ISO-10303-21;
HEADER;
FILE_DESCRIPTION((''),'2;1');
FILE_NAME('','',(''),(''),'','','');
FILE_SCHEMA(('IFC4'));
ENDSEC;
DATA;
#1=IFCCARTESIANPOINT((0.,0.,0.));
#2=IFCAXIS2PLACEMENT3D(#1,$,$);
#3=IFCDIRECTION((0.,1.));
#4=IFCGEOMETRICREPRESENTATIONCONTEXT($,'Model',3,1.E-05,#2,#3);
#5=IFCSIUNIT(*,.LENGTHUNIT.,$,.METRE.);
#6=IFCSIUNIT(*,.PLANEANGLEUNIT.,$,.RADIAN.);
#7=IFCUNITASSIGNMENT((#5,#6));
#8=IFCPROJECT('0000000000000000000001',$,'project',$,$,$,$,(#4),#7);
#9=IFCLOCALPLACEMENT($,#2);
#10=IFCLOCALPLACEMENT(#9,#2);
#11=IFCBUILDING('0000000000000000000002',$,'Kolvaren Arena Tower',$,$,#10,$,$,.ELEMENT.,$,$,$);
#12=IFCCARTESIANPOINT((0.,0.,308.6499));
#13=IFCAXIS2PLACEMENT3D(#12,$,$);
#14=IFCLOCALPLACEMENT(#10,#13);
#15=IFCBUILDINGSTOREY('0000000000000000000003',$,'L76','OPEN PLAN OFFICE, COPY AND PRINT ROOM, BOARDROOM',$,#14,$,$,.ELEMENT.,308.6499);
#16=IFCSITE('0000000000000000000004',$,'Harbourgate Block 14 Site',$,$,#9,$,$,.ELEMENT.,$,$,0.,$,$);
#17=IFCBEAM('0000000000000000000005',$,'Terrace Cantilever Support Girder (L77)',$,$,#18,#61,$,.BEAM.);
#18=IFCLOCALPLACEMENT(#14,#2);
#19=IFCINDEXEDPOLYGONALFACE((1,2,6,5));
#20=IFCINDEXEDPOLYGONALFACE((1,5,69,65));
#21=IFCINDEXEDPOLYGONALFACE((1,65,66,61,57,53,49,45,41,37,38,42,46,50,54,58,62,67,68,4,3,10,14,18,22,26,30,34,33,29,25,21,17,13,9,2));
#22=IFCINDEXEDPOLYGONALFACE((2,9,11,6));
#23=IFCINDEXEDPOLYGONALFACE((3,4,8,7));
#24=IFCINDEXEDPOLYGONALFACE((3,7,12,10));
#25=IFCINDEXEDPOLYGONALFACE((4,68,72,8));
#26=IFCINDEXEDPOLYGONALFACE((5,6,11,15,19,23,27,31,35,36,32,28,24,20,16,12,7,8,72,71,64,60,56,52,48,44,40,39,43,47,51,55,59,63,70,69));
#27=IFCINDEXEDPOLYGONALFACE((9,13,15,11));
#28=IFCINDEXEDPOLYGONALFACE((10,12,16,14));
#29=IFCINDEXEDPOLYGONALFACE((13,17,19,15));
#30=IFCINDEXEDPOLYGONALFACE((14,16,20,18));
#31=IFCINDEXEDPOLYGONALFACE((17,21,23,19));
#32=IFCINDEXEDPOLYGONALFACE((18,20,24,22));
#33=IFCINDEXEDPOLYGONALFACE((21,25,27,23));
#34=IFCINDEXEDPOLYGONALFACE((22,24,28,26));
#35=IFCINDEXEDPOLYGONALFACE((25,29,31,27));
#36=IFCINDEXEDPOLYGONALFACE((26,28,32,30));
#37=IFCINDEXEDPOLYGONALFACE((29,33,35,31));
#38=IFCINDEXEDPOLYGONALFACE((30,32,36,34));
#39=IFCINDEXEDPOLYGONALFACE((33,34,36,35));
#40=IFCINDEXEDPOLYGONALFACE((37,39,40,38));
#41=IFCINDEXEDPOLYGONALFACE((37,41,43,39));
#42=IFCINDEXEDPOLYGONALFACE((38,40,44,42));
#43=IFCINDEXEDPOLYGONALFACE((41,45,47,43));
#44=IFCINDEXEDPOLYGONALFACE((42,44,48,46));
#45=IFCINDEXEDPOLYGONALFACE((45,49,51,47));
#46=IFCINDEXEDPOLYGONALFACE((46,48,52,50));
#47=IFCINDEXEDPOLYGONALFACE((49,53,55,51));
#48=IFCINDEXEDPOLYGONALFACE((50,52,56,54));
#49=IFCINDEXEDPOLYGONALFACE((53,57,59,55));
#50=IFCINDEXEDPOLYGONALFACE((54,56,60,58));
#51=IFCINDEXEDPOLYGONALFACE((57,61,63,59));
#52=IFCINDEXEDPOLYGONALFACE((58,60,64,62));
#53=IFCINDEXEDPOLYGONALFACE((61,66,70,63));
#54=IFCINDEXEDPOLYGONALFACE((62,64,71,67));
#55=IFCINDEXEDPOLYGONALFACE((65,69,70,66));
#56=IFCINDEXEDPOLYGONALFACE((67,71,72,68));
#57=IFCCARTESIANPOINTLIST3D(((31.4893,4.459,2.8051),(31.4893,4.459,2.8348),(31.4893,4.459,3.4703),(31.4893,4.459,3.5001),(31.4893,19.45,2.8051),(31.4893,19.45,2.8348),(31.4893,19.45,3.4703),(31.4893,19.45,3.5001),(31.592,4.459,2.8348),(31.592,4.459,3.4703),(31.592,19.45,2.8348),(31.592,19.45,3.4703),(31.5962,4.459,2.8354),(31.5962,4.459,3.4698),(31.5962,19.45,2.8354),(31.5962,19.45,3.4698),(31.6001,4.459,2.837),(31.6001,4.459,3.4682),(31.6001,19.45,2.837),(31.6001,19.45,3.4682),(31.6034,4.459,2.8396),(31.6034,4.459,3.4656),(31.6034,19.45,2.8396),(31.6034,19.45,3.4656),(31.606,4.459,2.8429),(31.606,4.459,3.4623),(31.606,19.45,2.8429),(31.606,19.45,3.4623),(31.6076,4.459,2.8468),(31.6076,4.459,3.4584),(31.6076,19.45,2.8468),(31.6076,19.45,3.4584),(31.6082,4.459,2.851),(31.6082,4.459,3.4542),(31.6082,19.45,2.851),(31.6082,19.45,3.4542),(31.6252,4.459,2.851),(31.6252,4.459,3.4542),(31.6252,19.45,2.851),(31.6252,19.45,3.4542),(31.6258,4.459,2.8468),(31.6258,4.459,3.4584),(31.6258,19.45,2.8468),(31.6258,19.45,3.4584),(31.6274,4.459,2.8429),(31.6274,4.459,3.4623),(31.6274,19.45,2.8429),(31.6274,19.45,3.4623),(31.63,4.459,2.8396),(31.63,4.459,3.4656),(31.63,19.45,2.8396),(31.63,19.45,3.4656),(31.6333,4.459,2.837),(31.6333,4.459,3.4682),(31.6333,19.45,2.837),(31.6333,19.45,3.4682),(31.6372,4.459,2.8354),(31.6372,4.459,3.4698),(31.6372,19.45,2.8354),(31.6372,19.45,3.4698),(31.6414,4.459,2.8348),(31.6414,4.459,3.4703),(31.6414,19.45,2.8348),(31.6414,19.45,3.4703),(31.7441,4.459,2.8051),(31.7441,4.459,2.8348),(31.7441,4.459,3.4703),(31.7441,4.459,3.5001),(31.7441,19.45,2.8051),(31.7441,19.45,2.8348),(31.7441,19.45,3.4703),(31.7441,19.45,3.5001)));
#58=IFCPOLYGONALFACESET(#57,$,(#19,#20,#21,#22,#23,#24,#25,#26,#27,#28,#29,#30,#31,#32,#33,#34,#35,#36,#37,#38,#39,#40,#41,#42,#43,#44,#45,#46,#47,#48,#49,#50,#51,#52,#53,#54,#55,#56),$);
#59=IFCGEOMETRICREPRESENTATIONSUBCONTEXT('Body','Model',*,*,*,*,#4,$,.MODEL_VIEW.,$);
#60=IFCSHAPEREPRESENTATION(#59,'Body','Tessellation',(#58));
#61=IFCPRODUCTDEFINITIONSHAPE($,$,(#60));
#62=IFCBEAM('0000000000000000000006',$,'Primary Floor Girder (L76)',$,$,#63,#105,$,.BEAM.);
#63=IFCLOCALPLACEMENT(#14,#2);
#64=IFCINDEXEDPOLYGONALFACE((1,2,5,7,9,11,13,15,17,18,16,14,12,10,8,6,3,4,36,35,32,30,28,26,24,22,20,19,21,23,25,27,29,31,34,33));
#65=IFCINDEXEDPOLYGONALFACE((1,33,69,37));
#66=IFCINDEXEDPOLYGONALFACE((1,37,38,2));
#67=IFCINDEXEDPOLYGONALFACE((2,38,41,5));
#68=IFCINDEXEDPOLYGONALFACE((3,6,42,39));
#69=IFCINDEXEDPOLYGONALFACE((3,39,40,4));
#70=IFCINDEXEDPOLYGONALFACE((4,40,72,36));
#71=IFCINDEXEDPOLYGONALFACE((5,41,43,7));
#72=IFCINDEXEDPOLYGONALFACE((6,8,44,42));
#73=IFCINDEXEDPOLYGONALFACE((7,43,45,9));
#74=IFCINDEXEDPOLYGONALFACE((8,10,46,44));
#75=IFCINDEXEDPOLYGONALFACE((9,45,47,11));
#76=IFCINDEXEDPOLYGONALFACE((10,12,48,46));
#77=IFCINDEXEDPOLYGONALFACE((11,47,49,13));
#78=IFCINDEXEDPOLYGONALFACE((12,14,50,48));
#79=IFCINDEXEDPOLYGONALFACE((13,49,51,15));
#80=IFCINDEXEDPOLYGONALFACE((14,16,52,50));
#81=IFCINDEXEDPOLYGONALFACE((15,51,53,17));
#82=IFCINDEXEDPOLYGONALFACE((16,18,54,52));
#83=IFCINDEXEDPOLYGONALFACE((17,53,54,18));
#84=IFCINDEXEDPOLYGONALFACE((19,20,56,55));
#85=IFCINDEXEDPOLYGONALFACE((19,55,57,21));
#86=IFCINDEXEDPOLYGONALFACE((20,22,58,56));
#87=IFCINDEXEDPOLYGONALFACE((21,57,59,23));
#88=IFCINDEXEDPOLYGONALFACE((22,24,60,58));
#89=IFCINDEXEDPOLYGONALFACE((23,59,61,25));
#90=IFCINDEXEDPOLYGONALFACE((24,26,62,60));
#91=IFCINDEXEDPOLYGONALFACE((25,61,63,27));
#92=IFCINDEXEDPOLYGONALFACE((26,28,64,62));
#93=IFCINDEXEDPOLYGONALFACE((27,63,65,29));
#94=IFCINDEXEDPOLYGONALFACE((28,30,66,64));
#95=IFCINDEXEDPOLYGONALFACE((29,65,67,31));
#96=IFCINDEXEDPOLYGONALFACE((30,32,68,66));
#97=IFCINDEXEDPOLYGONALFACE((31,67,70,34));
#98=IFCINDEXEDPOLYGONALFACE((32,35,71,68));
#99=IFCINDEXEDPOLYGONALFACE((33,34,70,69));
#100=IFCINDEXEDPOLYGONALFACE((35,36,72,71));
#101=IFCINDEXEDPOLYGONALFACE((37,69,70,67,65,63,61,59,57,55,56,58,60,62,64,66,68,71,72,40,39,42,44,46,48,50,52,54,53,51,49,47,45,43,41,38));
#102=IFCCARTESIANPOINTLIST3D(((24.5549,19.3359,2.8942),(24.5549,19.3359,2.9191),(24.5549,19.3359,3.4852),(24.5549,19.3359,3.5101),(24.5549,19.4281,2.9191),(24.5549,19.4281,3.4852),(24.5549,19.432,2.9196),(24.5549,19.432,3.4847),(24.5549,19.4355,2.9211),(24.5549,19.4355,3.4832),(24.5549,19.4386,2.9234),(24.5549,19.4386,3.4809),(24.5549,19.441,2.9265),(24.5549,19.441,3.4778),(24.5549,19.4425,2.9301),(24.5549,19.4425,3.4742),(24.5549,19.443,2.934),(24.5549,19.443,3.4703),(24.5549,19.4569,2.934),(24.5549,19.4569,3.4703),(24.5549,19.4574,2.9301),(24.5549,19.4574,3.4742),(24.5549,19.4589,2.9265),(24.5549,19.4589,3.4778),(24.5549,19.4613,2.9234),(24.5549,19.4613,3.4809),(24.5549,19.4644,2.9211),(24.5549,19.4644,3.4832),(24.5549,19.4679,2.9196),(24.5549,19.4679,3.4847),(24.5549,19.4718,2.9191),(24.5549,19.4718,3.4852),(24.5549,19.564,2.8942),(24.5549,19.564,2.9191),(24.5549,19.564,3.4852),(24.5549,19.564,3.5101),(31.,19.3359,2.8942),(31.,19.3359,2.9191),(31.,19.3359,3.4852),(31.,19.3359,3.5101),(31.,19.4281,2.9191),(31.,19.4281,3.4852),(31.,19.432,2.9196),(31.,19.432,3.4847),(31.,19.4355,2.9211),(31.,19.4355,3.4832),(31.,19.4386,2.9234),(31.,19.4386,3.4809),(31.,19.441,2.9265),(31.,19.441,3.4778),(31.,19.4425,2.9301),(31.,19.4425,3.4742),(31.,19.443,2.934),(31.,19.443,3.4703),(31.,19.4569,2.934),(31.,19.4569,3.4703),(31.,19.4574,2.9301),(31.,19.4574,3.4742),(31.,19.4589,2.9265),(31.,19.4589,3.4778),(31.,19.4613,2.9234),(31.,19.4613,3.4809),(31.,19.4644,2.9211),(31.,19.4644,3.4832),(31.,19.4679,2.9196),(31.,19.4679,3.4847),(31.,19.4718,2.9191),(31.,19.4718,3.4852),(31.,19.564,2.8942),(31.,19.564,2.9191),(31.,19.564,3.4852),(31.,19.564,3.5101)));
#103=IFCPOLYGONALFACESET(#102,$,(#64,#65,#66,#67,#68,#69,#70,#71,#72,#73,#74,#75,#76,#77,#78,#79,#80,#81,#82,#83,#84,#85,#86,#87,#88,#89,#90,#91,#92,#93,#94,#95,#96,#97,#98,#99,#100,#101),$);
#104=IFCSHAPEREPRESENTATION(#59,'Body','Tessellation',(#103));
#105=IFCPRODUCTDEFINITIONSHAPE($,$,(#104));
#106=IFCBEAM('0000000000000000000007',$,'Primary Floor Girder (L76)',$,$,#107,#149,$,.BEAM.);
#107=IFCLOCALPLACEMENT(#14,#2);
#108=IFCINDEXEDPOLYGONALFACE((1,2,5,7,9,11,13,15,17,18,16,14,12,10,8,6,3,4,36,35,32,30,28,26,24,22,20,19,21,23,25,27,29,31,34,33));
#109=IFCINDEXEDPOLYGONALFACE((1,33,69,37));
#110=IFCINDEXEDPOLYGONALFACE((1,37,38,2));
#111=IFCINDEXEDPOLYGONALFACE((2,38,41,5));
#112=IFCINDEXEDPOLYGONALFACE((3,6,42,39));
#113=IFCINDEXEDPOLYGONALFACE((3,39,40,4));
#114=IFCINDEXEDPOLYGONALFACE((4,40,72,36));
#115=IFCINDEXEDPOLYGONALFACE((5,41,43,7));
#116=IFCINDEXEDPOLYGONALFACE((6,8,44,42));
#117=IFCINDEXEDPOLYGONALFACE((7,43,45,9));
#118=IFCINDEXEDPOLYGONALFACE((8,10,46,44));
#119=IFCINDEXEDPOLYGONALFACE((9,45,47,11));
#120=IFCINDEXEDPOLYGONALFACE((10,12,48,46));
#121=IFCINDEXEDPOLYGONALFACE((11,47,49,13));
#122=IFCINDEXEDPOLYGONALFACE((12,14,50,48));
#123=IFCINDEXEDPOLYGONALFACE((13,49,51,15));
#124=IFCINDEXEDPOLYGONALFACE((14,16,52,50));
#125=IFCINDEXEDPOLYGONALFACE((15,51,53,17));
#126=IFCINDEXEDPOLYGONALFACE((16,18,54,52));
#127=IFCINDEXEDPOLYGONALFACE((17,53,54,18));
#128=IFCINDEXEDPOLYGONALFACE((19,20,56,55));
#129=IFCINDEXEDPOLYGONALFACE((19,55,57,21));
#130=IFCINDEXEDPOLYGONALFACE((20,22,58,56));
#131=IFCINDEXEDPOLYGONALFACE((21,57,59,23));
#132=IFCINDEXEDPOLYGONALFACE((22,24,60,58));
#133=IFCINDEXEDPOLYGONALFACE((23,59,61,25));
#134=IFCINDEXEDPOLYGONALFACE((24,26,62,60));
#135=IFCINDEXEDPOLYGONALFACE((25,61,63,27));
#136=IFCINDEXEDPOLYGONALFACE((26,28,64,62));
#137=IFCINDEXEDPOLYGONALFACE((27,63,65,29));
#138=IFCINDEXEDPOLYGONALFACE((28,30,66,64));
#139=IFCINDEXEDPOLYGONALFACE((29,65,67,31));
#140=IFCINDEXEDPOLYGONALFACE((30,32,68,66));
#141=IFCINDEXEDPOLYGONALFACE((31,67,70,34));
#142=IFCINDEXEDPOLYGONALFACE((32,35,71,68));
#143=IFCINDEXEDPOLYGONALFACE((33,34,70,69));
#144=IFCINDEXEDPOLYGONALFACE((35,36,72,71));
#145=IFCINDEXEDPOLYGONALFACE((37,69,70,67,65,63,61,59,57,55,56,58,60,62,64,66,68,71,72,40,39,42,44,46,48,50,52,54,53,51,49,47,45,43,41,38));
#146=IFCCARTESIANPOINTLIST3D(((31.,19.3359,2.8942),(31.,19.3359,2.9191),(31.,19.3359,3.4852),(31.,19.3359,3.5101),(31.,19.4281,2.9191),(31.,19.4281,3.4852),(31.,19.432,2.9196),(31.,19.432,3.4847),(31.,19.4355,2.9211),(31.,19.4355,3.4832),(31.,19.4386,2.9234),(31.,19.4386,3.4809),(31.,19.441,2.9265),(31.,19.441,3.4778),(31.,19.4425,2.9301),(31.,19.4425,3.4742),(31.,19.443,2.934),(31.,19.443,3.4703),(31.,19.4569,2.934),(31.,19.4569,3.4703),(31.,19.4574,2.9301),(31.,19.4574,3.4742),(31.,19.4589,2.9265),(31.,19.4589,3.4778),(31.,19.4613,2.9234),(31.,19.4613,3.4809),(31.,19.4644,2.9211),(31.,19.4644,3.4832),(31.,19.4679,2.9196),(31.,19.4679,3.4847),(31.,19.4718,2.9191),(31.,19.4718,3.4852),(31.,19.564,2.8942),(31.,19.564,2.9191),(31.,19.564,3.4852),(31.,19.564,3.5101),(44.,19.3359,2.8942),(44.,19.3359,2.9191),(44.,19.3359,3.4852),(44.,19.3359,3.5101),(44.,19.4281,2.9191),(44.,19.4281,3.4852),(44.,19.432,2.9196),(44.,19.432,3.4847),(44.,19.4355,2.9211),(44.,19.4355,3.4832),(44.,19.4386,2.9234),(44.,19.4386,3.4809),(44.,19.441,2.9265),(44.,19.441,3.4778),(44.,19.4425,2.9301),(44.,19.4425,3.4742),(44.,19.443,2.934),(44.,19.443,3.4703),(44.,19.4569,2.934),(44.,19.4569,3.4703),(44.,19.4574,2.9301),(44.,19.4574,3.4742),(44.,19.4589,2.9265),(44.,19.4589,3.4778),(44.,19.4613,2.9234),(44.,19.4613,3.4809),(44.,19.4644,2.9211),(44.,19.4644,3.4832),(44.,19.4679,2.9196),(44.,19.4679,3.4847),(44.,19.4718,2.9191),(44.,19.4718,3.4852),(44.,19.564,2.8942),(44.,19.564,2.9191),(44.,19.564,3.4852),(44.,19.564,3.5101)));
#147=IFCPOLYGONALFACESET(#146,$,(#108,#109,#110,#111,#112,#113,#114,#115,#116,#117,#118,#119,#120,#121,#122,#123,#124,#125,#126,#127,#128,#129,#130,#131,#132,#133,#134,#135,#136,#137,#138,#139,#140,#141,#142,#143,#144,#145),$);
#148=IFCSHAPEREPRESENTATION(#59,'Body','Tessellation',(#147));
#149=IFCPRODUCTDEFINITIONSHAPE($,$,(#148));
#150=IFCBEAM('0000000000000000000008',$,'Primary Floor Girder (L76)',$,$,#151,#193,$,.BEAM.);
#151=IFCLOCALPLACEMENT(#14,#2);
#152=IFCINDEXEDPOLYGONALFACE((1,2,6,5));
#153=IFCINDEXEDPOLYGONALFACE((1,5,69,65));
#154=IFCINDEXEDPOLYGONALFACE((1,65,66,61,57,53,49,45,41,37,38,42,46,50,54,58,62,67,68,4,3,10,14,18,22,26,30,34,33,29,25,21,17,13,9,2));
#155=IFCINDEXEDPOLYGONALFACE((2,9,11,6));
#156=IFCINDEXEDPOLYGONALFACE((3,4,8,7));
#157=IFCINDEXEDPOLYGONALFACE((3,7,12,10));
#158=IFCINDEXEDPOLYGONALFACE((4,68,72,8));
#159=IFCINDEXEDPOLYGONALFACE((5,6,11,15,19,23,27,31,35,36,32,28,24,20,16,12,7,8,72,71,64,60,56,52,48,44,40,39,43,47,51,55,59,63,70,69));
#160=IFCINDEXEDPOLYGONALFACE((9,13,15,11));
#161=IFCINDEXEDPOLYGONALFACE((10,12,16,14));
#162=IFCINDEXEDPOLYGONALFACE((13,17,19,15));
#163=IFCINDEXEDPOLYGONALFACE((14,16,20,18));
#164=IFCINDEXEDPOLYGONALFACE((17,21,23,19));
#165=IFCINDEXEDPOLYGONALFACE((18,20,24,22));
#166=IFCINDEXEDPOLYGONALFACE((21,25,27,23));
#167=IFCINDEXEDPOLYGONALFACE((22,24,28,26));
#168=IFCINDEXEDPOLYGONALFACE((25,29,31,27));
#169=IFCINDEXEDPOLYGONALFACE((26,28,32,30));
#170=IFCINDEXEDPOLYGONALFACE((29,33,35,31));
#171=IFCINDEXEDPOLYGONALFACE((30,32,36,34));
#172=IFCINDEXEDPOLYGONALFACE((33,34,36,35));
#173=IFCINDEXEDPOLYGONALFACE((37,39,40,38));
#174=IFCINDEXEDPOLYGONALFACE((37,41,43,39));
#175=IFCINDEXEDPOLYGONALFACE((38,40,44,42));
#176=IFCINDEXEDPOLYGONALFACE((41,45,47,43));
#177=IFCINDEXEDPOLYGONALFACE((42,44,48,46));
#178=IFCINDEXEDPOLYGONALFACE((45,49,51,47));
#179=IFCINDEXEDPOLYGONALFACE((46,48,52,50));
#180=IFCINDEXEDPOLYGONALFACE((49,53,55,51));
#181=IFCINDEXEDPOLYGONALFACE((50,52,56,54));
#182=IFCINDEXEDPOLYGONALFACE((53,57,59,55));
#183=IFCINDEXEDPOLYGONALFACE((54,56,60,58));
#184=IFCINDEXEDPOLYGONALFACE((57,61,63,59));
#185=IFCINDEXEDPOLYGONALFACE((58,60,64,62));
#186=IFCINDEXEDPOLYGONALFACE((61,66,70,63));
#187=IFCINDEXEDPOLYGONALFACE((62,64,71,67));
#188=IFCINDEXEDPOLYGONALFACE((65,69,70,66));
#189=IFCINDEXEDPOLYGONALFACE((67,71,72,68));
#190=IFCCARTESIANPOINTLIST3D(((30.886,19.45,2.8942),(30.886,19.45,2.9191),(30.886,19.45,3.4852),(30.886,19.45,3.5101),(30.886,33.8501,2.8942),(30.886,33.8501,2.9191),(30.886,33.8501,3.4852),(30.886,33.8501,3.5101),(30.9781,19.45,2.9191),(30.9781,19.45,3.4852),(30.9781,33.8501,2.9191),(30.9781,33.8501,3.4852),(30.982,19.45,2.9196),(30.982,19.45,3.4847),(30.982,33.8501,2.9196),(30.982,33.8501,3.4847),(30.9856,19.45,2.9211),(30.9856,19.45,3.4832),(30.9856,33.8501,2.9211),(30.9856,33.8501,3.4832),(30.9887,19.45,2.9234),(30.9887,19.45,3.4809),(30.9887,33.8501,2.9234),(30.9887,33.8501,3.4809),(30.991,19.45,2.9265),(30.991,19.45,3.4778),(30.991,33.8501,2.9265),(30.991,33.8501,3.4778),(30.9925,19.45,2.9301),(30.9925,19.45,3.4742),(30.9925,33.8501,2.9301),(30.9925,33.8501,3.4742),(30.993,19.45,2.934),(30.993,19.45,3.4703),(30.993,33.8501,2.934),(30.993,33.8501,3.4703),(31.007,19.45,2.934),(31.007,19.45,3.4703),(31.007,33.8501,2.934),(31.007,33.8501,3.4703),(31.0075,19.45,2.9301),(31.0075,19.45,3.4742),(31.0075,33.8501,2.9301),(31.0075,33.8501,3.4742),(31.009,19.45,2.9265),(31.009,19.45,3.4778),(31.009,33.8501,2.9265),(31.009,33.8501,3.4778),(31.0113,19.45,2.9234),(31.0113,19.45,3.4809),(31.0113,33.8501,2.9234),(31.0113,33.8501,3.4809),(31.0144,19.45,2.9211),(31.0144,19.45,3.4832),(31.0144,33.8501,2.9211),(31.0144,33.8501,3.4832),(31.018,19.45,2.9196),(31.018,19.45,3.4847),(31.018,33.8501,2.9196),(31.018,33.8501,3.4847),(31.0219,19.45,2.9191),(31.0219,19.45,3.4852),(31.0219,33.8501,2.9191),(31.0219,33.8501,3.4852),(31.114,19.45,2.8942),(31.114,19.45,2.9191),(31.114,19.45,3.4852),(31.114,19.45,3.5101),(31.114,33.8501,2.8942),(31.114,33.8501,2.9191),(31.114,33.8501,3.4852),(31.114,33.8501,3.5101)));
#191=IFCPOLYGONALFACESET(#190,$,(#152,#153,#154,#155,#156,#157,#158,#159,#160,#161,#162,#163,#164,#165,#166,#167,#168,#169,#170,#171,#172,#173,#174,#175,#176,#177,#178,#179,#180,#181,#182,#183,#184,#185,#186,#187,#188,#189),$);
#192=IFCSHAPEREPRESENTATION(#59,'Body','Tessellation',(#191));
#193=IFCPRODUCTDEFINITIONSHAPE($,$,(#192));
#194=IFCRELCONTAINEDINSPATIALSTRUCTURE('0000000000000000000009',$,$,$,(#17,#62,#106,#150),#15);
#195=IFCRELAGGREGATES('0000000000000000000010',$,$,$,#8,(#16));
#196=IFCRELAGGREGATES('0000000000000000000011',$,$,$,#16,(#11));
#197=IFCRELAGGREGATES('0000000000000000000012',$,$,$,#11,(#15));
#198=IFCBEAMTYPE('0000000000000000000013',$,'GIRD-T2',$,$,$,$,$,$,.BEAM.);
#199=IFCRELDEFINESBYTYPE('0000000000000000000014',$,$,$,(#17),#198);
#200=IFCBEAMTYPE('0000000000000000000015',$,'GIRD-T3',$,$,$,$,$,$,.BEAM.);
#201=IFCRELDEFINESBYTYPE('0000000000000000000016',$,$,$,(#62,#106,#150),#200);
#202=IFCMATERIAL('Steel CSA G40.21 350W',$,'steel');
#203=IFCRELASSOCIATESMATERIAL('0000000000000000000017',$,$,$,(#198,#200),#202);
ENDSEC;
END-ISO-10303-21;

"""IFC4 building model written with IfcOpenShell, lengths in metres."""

from ifc_helpers import new_model, si_unit, direction, frame, origin, origin_2d, place, context, subcontext, project, spatial, i_section, extrude, material, material_profile, profile_set, type_object, element, save


model = new_model("IFC4")

# Units and contexts
model_context = context("Model", 3, precision=1e-05, world=origin(), true_north=direction((0.0, 1.0)))
body_context = subcontext(model_context, "Body", "Model", "MODEL_VIEW")
ifc_project = project(units=[si_unit("LENGTHUNIT", "METRE"), si_unit("PLANEANGLEUNIT", "RADIAN")], contexts=[model_context])

# Site, building, storey
site_placement = place(None, origin())
site = spatial("IfcSite", under=ifc_project, at=site_placement, Name="Harbourgate Block 14 Site", CompositionType="ELEMENT", RefElevation=0.0)
building_placement = place(site_placement, origin())
building = spatial("IfcBuilding", under=site, at=building_placement, Name="Kolvaren Arena Tower", CompositionType="ELEMENT")
storey_placement = place(building_placement, frame((0.0, 0.0, 308.6499)))
storey = spatial("IfcBuildingStorey", under=building, at=storey_placement, Name="L76", Description="OPEN PLAN OFFICE, COPY AND PRINT ROOM, BOARDROOM", CompositionType="ELEMENT", Elevation=308.6499)

# Beams
ifc_material_1 = material(Name="Steel CSA G40.21 350W", Category="steel")
ifc_material_profile_1 = material_profile(ifc_material_1, i_section(OverallWidth=0.2549, OverallDepth=0.6951, WebThickness=0.0171, FlangeThickness=0.0298, FilletRadius=0.0161, at=origin_2d()), Name="W690x217")
ifc_profile_set_1 = profile_set([ifc_material_profile_1], Name="Steel CSA G40.21 350W")
beam_type_1 = type_object("IfcBeamType", Name="GIRD-T2", PredefinedType="BEAM", material=ifc_profile_set_1)
beam_1_placement = place(storey_placement, frame((31.6167, 19.45, 3.1526), z_axis=(0.0, -1.0, 0.0), x_axis=(1.0, 0.0, 0.0)))
element("IfcBeam", 1, at=beam_1_placement, inside=storey, type_object=beam_type_1, Name="Terrace Cantilever Support Girder (L77)", PredefinedType="BEAM", context=body_context, shape_type="SweptSolid", body=[
    extrude(i_section(OverallWidth=0.2549, OverallDepth=0.6951, WebThickness=0.0171, FlangeThickness=0.0298, FilletRadius=0.0161, at=origin_2d()), origin(), (0.0, 0.0, 1.0), 14.991),
])
ifc_material_profile_2 = material_profile(ifc_material_1, i_section(OverallWidth=0.228, OverallDepth=0.616, WebThickness=0.0139, FlangeThickness=0.0249, FilletRadius=0.0149, at=origin_2d()), Name="W610x174")
ifc_profile_set_2 = profile_set([ifc_material_profile_2], Name="Steel CSA G40.21 350W")
beam_type_2 = type_object("IfcBeamType", Name="GIRD-T3", PredefinedType="BEAM", material=ifc_profile_set_2)
beam_2_placement = place(storey_placement, frame((24.5549, 19.45, 3.2021), z_axis=(1.0, 0.0, 0.0), x_axis=(0.0, 1.0, 0.0)))
element("IfcBeam", 2, at=beam_2_placement, inside=storey, type_object=beam_type_2, Name="Primary Floor Girder (L76)", PredefinedType="BEAM", context=body_context, shape_type="SweptSolid", body=[
    extrude(i_section(OverallWidth=0.228, OverallDepth=0.616, WebThickness=0.0139, FlangeThickness=0.0249, FilletRadius=0.0149, at=origin_2d()), origin(), (0.0, 0.0, 1.0), 6.4451),
])
beam_3_placement = place(storey_placement, frame((31.0, 19.45, 3.2021), z_axis=(1.0, 0.0, 0.0), x_axis=(0.0, 1.0, 0.0)))
element("IfcBeam", 3, at=beam_3_placement, inside=storey, type_object=beam_type_2, Name="Primary Floor Girder (L76)", PredefinedType="BEAM", context=body_context, shape_type="SweptSolid", body=[
    extrude(i_section(OverallWidth=0.228, OverallDepth=0.616, WebThickness=0.0139, FlangeThickness=0.0249, FilletRadius=0.0149, at=origin_2d()), origin(), (0.0, 0.0, 1.0), 13.0),
])
beam_4_placement = place(storey_placement, frame((31.0, 19.45, 3.2021), z_axis=(0.0, 1.0, 0.0), x_axis=(-1.0, 0.0, 0.0)))
element("IfcBeam", 4, at=beam_4_placement, inside=storey, type_object=beam_type_2, Name="Primary Floor Girder (L76)", PredefinedType="BEAM", context=body_context, shape_type="SweptSolid", body=[
    extrude(i_section(OverallWidth=0.228, OverallDepth=0.616, WebThickness=0.0139, FlangeThickness=0.0249, FilletRadius=0.0149, at=origin_2d()), origin(), (0.0, 0.0, 1.0), 14.4001),
])

save(model, "model.ifc")
